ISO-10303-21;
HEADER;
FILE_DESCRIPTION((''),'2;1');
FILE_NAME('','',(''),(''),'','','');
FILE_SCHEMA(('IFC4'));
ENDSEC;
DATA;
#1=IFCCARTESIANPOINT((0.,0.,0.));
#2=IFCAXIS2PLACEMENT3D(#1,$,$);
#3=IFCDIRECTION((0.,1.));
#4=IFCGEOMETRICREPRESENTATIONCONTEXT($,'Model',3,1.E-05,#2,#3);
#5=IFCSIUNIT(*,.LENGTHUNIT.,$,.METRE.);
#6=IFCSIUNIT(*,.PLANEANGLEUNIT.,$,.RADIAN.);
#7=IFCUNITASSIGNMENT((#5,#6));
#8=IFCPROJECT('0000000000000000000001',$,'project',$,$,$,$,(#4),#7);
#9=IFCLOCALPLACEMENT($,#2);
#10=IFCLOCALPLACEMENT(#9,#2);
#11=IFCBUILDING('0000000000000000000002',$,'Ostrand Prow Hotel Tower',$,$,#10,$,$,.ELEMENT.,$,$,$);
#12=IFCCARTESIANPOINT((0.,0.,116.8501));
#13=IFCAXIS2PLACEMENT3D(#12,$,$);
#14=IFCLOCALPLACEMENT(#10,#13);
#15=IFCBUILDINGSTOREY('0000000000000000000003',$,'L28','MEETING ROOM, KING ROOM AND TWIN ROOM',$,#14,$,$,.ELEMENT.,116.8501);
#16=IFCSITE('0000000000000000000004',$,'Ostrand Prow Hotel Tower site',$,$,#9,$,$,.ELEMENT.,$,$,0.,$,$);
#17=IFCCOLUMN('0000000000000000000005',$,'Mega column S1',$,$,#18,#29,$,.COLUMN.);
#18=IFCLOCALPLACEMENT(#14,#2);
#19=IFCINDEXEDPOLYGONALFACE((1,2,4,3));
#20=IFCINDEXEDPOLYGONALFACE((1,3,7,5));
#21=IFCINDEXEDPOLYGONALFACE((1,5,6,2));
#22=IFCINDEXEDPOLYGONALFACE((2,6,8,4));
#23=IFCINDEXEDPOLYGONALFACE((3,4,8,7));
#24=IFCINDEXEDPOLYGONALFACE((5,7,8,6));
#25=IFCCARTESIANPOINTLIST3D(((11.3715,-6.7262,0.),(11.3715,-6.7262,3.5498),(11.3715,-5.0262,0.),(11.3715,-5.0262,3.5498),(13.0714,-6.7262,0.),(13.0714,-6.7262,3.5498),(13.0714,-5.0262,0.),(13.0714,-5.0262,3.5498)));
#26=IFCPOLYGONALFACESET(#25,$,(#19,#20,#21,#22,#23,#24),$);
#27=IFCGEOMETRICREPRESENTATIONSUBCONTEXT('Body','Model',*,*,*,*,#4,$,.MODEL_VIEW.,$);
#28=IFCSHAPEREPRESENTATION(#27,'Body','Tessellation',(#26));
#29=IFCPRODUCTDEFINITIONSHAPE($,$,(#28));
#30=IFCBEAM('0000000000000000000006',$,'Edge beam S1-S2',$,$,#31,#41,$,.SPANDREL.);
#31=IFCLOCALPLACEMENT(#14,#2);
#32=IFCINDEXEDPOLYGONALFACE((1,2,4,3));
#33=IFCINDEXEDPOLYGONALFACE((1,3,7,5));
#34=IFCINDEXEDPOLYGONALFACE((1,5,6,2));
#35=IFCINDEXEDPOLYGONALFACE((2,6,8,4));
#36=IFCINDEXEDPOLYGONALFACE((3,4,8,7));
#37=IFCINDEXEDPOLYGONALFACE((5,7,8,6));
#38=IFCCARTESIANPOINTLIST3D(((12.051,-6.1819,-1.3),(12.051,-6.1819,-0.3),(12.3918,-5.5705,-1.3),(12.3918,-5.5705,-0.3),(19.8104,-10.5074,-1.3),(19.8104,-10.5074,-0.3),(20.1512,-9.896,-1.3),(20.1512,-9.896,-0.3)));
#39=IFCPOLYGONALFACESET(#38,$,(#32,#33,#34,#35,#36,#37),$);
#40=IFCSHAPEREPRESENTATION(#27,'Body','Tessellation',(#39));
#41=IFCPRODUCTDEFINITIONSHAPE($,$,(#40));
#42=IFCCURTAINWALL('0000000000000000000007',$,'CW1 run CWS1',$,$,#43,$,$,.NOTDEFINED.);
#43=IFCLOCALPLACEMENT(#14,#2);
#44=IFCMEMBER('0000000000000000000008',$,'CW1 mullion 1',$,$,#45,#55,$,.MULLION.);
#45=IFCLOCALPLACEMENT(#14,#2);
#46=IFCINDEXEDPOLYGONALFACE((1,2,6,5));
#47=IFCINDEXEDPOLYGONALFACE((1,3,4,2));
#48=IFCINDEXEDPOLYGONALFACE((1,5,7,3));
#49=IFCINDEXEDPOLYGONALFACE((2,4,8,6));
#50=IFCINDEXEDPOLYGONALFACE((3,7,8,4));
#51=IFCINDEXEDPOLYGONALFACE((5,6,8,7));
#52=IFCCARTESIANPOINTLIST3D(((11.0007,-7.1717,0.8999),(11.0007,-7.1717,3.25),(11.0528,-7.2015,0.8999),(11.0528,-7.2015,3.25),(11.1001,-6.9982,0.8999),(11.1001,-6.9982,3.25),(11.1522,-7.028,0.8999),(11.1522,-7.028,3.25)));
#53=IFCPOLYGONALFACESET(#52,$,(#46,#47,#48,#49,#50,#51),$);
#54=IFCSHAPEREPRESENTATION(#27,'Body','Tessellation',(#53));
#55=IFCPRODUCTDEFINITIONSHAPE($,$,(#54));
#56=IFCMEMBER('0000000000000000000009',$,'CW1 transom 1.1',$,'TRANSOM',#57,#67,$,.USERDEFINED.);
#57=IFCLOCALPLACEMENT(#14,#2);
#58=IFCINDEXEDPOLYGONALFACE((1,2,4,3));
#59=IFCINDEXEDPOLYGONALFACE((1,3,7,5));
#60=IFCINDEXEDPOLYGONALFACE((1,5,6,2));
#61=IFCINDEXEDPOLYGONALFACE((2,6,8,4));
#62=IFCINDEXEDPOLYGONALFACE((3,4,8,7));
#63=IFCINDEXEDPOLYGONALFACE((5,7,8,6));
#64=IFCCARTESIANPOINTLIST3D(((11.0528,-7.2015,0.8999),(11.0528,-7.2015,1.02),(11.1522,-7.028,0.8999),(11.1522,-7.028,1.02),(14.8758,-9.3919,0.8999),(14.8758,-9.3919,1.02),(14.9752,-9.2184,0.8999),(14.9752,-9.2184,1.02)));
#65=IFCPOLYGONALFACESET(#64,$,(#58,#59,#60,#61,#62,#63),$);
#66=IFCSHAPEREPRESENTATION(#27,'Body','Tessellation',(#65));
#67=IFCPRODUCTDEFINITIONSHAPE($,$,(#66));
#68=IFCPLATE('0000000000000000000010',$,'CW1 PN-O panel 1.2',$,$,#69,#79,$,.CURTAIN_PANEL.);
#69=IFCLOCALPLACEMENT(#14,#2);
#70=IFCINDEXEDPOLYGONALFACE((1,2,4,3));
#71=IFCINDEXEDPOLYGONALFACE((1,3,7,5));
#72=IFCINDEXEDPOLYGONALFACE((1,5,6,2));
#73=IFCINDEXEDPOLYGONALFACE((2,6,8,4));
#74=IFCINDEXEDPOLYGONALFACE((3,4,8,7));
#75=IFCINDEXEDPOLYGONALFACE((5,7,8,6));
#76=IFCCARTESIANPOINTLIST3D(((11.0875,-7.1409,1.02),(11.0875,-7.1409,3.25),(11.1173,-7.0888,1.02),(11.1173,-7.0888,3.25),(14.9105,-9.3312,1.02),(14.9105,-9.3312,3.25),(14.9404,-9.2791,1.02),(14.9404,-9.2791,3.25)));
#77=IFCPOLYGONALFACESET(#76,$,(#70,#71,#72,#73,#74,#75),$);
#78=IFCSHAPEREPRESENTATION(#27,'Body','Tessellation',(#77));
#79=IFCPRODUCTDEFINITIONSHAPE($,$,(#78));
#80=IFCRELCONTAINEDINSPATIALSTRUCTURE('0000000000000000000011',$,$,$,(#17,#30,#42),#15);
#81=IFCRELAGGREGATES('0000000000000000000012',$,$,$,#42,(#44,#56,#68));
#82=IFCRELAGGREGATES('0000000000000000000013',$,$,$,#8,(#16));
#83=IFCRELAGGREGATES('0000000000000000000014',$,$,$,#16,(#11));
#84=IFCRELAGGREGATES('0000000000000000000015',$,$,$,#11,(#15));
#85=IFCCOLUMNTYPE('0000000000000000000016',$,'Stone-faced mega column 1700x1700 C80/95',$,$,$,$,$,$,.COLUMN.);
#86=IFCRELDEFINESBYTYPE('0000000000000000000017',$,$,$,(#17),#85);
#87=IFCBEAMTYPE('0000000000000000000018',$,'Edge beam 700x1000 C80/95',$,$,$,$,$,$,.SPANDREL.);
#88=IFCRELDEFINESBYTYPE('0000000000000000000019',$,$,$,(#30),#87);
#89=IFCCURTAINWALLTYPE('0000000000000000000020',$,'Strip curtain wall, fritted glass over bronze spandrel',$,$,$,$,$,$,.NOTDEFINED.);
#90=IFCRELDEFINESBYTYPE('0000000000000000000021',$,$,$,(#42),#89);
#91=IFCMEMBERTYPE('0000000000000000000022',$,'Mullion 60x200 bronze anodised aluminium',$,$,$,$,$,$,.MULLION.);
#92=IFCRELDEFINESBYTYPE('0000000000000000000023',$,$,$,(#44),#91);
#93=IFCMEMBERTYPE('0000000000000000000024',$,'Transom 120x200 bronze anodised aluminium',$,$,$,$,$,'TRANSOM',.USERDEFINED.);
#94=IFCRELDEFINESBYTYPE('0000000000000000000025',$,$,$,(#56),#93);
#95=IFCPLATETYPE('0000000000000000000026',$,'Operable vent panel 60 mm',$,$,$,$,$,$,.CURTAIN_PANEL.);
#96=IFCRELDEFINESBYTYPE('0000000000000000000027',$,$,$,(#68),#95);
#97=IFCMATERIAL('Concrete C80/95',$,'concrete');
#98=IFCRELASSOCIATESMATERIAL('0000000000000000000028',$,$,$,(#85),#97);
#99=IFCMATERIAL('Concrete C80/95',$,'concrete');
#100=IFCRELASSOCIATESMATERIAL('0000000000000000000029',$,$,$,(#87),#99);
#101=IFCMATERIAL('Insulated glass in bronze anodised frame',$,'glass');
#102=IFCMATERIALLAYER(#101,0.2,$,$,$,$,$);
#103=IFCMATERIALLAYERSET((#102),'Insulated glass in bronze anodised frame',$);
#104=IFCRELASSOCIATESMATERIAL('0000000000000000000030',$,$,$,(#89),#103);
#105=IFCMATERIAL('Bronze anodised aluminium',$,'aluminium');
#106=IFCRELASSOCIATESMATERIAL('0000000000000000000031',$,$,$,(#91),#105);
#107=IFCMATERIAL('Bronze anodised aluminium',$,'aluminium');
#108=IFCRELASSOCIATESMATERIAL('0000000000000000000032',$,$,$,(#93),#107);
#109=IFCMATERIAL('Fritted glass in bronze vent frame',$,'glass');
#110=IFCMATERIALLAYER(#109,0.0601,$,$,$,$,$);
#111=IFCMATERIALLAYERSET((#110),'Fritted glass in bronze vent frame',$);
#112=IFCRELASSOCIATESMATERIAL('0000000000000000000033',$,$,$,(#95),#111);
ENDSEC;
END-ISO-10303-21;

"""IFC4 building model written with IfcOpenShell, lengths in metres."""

from ifc_helpers import new_model, si_unit, direction, frame, origin, origin_2d, place, context, subcontext, project, spatial, rectangle, extrude, material, layer, layer_set, material_profile, profile_set, type_object, element, aggregate, save


model = new_model("IFC4")

# Units and contexts
model_context = context("Model", 3, precision=1e-05, world=origin(), true_north=direction((0.0, 1.0)))
body_context = subcontext(model_context, "Body", "Model", "MODEL_VIEW")
ifc_project = project(units=[si_unit("LENGTHUNIT", "METRE"), si_unit("PLANEANGLEUNIT", "RADIAN")], contexts=[model_context])

# Site, building, storey
site_placement = place(None, origin())
site = spatial("IfcSite", under=ifc_project, at=site_placement, Name="Ostrand Prow Hotel Tower site", CompositionType="ELEMENT", RefElevation=0.0)
building_placement = place(site_placement, origin())
building = spatial("IfcBuilding", under=site, at=building_placement, Name="Ostrand Prow Hotel Tower", CompositionType="ELEMENT")
storey_placement = place(building_placement, frame((0.0, 0.0, 116.8501)))
storey = spatial("IfcBuildingStorey", under=building, at=storey_placement, Name="L28", Description="MEETING ROOM, KING ROOM AND TWIN ROOM", CompositionType="ELEMENT", Elevation=116.8501)

# Column
ifc_material_1 = material(Name="Concrete C80/95", Category="concrete")
ifc_material_profile_1 = material_profile(ifc_material_1, rectangle(XDim=1.7, YDim=1.7, at=origin_2d()), Name="RC 1700x1700")
ifc_profile_set_1 = profile_set([ifc_material_profile_1], Name="Concrete C80/95")
column_type = type_object("IfcColumnType", Name="Stone-faced mega column 1700x1700 C80/95", PredefinedType="COLUMN", material=ifc_profile_set_1)
column_placement = place(storey_placement, frame((12.2214, -5.8762, 0.0), z_axis=(0.0, 0.0, 1.0), x_axis=(1.0, 0.0, 0.0)))
element("IfcColumn", 1, at=column_placement, inside=storey, type_object=column_type, Name="Mega column S1", PredefinedType="COLUMN", context=body_context, shape_type="SweptSolid", body=[
    extrude(rectangle(XDim=1.7, YDim=1.7, at=origin_2d()), origin(), (0.0, 0.0, 1.0), 3.5498),
])

# Beam
ifc_material_2 = material(Name="Concrete C80/95", Category="concrete")
ifc_material_profile_2 = material_profile(ifc_material_2, rectangle(XDim=0.7, YDim=1.0, at=origin_2d()), Name="RC 700x1000")
ifc_profile_set_2 = profile_set([ifc_material_profile_2], Name="Concrete C80/95")
beam_type = type_object("IfcBeamType", Name="Edge beam 700x1000 C80/95", PredefinedType="SPANDREL", material=ifc_profile_set_2)
beam_placement = place(storey_placement, frame((12.2214, -5.8762, -0.8), z_axis=(0.873452, -0.486909, 0.0), x_axis=(0.486909, 0.873452, 0.0)))
element("IfcBeam", 2, at=beam_placement, inside=storey, type_object=beam_type, Name="Edge beam S1-S2", PredefinedType="SPANDREL", context=body_context, shape_type="SweptSolid", body=[
    extrude(rectangle(XDim=0.7, YDim=1.0, at=origin_2d()), origin(), (0.0, 0.0, 1.0), 8.8835),
])

# Curtain wall, members, plate
ifc_material_3 = material(Name="Insulated glass in bronze anodised frame", Category="glass")
ifc_layer_1 = layer(ifc_material_3, 0.2)
ifc_layer_set_1 = layer_set([ifc_layer_1], Name="Insulated glass in bronze anodised frame")
curtain_wall_type = type_object("IfcCurtainWallType", Name="Strip curtain wall, fritted glass over bronze spandrel", PredefinedType="NOTDEFINED", material=ifc_layer_set_1)
curtain_wall_placement = place(storey_placement, origin())
curtain_wall = element("IfcCurtainWall", 3, at=curtain_wall_placement, inside=storey, type_object=curtain_wall_type, Name="CW1 run CWS1", PredefinedType="NOTDEFINED")
ifc_material_4 = material(Name="Bronze anodised aluminium", Category="aluminium")
ifc_material_profile_3 = material_profile(ifc_material_4, rectangle(XDim=0.2, YDim=0.0601, at=origin_2d()), Name="Mullion 60x200 bronze anodised aluminium")
ifc_profile_set_3 = profile_set([ifc_material_profile_3], Name="Bronze anodised aluminium")
member_type_1 = type_object("IfcMemberType", Name="Mullion 60x200 bronze anodised aluminium", PredefinedType="MULLION", material=ifc_profile_set_3)
member_1_placement = place(storey_placement, frame((11.0764, -7.0999, 0.8999), z_axis=(0.0, 0.0, 1.0), x_axis=(0.497115, 0.867685, 0.0)))
member_1 = element("IfcMember", 4, at=member_1_placement, type_object=member_type_1, Name="CW1 mullion 1", PredefinedType="MULLION", context=body_context, shape_type="SweptSolid", body=[
    extrude(rectangle(XDim=0.2, YDim=0.0601, at=origin_2d()), origin(), (0.0, 0.0, 1.0), 2.3501),
])
ifc_material_5 = material(Name="Bronze anodised aluminium", Category="aluminium")
ifc_material_profile_4 = material_profile(ifc_material_5, rectangle(XDim=0.2, YDim=0.1201, at=origin_2d()), Name="Transom 120x200 bronze anodised aluminium")
ifc_profile_set_4 = profile_set([ifc_material_profile_4], Name="Bronze anodised aluminium")
member_type_2 = type_object("IfcMemberType", Name="Transom 120x200 bronze anodised aluminium", ElementType="TRANSOM", PredefinedType="USERDEFINED", material=ifc_profile_set_4)
member_2_placement = place(storey_placement, frame((11.1025, -7.1147, 0.96), z_axis=(0.86767, -0.497141, 0.0), x_axis=(0.497141, 0.86767, 0.0)))
member_2 = element("IfcMember", 5, at=member_2_placement, type_object=member_type_2, Name="CW1 transom 1.1", ObjectType="TRANSOM", PredefinedType="USERDEFINED", context=body_context, shape_type="SweptSolid", body=[
    extrude(rectangle(XDim=0.2, YDim=0.1201, at=origin_2d()), origin(), (0.0, 0.0, 1.0), 4.406),
])
ifc_material_6 = material(Name="Fritted glass in bronze vent frame", Category="glass")
ifc_layer_2 = layer(ifc_material_6, 0.0601)
ifc_layer_set_2 = layer_set([ifc_layer_2], Name="Fritted glass in bronze vent frame")
plate_type = type_object("IfcPlateType", Name="Operable vent panel 60 mm", PredefinedType="CURTAIN_PANEL", material=ifc_layer_set_2)
plate_placement = place(storey_placement, frame((13.0139, -8.21, 1.02), z_axis=(0.0, 0.0, 1.0), x_axis=(0.867685, -0.497115, 0.0)))
plate = element("IfcPlate", 6, at=plate_placement, type_object=plate_type, Name="CW1 PN-O panel 1.2", PredefinedType="CURTAIN_PANEL", context=body_context, shape_type="SweptSolid", body=[
    extrude(rectangle(XDim=4.406, YDim=0.0601, at=origin_2d()), origin(), (0.0, 0.0, 1.0), 2.23),
])
aggregate(curtain_wall, [member_1, member_2, plate])

save(model, "model.ifc")
